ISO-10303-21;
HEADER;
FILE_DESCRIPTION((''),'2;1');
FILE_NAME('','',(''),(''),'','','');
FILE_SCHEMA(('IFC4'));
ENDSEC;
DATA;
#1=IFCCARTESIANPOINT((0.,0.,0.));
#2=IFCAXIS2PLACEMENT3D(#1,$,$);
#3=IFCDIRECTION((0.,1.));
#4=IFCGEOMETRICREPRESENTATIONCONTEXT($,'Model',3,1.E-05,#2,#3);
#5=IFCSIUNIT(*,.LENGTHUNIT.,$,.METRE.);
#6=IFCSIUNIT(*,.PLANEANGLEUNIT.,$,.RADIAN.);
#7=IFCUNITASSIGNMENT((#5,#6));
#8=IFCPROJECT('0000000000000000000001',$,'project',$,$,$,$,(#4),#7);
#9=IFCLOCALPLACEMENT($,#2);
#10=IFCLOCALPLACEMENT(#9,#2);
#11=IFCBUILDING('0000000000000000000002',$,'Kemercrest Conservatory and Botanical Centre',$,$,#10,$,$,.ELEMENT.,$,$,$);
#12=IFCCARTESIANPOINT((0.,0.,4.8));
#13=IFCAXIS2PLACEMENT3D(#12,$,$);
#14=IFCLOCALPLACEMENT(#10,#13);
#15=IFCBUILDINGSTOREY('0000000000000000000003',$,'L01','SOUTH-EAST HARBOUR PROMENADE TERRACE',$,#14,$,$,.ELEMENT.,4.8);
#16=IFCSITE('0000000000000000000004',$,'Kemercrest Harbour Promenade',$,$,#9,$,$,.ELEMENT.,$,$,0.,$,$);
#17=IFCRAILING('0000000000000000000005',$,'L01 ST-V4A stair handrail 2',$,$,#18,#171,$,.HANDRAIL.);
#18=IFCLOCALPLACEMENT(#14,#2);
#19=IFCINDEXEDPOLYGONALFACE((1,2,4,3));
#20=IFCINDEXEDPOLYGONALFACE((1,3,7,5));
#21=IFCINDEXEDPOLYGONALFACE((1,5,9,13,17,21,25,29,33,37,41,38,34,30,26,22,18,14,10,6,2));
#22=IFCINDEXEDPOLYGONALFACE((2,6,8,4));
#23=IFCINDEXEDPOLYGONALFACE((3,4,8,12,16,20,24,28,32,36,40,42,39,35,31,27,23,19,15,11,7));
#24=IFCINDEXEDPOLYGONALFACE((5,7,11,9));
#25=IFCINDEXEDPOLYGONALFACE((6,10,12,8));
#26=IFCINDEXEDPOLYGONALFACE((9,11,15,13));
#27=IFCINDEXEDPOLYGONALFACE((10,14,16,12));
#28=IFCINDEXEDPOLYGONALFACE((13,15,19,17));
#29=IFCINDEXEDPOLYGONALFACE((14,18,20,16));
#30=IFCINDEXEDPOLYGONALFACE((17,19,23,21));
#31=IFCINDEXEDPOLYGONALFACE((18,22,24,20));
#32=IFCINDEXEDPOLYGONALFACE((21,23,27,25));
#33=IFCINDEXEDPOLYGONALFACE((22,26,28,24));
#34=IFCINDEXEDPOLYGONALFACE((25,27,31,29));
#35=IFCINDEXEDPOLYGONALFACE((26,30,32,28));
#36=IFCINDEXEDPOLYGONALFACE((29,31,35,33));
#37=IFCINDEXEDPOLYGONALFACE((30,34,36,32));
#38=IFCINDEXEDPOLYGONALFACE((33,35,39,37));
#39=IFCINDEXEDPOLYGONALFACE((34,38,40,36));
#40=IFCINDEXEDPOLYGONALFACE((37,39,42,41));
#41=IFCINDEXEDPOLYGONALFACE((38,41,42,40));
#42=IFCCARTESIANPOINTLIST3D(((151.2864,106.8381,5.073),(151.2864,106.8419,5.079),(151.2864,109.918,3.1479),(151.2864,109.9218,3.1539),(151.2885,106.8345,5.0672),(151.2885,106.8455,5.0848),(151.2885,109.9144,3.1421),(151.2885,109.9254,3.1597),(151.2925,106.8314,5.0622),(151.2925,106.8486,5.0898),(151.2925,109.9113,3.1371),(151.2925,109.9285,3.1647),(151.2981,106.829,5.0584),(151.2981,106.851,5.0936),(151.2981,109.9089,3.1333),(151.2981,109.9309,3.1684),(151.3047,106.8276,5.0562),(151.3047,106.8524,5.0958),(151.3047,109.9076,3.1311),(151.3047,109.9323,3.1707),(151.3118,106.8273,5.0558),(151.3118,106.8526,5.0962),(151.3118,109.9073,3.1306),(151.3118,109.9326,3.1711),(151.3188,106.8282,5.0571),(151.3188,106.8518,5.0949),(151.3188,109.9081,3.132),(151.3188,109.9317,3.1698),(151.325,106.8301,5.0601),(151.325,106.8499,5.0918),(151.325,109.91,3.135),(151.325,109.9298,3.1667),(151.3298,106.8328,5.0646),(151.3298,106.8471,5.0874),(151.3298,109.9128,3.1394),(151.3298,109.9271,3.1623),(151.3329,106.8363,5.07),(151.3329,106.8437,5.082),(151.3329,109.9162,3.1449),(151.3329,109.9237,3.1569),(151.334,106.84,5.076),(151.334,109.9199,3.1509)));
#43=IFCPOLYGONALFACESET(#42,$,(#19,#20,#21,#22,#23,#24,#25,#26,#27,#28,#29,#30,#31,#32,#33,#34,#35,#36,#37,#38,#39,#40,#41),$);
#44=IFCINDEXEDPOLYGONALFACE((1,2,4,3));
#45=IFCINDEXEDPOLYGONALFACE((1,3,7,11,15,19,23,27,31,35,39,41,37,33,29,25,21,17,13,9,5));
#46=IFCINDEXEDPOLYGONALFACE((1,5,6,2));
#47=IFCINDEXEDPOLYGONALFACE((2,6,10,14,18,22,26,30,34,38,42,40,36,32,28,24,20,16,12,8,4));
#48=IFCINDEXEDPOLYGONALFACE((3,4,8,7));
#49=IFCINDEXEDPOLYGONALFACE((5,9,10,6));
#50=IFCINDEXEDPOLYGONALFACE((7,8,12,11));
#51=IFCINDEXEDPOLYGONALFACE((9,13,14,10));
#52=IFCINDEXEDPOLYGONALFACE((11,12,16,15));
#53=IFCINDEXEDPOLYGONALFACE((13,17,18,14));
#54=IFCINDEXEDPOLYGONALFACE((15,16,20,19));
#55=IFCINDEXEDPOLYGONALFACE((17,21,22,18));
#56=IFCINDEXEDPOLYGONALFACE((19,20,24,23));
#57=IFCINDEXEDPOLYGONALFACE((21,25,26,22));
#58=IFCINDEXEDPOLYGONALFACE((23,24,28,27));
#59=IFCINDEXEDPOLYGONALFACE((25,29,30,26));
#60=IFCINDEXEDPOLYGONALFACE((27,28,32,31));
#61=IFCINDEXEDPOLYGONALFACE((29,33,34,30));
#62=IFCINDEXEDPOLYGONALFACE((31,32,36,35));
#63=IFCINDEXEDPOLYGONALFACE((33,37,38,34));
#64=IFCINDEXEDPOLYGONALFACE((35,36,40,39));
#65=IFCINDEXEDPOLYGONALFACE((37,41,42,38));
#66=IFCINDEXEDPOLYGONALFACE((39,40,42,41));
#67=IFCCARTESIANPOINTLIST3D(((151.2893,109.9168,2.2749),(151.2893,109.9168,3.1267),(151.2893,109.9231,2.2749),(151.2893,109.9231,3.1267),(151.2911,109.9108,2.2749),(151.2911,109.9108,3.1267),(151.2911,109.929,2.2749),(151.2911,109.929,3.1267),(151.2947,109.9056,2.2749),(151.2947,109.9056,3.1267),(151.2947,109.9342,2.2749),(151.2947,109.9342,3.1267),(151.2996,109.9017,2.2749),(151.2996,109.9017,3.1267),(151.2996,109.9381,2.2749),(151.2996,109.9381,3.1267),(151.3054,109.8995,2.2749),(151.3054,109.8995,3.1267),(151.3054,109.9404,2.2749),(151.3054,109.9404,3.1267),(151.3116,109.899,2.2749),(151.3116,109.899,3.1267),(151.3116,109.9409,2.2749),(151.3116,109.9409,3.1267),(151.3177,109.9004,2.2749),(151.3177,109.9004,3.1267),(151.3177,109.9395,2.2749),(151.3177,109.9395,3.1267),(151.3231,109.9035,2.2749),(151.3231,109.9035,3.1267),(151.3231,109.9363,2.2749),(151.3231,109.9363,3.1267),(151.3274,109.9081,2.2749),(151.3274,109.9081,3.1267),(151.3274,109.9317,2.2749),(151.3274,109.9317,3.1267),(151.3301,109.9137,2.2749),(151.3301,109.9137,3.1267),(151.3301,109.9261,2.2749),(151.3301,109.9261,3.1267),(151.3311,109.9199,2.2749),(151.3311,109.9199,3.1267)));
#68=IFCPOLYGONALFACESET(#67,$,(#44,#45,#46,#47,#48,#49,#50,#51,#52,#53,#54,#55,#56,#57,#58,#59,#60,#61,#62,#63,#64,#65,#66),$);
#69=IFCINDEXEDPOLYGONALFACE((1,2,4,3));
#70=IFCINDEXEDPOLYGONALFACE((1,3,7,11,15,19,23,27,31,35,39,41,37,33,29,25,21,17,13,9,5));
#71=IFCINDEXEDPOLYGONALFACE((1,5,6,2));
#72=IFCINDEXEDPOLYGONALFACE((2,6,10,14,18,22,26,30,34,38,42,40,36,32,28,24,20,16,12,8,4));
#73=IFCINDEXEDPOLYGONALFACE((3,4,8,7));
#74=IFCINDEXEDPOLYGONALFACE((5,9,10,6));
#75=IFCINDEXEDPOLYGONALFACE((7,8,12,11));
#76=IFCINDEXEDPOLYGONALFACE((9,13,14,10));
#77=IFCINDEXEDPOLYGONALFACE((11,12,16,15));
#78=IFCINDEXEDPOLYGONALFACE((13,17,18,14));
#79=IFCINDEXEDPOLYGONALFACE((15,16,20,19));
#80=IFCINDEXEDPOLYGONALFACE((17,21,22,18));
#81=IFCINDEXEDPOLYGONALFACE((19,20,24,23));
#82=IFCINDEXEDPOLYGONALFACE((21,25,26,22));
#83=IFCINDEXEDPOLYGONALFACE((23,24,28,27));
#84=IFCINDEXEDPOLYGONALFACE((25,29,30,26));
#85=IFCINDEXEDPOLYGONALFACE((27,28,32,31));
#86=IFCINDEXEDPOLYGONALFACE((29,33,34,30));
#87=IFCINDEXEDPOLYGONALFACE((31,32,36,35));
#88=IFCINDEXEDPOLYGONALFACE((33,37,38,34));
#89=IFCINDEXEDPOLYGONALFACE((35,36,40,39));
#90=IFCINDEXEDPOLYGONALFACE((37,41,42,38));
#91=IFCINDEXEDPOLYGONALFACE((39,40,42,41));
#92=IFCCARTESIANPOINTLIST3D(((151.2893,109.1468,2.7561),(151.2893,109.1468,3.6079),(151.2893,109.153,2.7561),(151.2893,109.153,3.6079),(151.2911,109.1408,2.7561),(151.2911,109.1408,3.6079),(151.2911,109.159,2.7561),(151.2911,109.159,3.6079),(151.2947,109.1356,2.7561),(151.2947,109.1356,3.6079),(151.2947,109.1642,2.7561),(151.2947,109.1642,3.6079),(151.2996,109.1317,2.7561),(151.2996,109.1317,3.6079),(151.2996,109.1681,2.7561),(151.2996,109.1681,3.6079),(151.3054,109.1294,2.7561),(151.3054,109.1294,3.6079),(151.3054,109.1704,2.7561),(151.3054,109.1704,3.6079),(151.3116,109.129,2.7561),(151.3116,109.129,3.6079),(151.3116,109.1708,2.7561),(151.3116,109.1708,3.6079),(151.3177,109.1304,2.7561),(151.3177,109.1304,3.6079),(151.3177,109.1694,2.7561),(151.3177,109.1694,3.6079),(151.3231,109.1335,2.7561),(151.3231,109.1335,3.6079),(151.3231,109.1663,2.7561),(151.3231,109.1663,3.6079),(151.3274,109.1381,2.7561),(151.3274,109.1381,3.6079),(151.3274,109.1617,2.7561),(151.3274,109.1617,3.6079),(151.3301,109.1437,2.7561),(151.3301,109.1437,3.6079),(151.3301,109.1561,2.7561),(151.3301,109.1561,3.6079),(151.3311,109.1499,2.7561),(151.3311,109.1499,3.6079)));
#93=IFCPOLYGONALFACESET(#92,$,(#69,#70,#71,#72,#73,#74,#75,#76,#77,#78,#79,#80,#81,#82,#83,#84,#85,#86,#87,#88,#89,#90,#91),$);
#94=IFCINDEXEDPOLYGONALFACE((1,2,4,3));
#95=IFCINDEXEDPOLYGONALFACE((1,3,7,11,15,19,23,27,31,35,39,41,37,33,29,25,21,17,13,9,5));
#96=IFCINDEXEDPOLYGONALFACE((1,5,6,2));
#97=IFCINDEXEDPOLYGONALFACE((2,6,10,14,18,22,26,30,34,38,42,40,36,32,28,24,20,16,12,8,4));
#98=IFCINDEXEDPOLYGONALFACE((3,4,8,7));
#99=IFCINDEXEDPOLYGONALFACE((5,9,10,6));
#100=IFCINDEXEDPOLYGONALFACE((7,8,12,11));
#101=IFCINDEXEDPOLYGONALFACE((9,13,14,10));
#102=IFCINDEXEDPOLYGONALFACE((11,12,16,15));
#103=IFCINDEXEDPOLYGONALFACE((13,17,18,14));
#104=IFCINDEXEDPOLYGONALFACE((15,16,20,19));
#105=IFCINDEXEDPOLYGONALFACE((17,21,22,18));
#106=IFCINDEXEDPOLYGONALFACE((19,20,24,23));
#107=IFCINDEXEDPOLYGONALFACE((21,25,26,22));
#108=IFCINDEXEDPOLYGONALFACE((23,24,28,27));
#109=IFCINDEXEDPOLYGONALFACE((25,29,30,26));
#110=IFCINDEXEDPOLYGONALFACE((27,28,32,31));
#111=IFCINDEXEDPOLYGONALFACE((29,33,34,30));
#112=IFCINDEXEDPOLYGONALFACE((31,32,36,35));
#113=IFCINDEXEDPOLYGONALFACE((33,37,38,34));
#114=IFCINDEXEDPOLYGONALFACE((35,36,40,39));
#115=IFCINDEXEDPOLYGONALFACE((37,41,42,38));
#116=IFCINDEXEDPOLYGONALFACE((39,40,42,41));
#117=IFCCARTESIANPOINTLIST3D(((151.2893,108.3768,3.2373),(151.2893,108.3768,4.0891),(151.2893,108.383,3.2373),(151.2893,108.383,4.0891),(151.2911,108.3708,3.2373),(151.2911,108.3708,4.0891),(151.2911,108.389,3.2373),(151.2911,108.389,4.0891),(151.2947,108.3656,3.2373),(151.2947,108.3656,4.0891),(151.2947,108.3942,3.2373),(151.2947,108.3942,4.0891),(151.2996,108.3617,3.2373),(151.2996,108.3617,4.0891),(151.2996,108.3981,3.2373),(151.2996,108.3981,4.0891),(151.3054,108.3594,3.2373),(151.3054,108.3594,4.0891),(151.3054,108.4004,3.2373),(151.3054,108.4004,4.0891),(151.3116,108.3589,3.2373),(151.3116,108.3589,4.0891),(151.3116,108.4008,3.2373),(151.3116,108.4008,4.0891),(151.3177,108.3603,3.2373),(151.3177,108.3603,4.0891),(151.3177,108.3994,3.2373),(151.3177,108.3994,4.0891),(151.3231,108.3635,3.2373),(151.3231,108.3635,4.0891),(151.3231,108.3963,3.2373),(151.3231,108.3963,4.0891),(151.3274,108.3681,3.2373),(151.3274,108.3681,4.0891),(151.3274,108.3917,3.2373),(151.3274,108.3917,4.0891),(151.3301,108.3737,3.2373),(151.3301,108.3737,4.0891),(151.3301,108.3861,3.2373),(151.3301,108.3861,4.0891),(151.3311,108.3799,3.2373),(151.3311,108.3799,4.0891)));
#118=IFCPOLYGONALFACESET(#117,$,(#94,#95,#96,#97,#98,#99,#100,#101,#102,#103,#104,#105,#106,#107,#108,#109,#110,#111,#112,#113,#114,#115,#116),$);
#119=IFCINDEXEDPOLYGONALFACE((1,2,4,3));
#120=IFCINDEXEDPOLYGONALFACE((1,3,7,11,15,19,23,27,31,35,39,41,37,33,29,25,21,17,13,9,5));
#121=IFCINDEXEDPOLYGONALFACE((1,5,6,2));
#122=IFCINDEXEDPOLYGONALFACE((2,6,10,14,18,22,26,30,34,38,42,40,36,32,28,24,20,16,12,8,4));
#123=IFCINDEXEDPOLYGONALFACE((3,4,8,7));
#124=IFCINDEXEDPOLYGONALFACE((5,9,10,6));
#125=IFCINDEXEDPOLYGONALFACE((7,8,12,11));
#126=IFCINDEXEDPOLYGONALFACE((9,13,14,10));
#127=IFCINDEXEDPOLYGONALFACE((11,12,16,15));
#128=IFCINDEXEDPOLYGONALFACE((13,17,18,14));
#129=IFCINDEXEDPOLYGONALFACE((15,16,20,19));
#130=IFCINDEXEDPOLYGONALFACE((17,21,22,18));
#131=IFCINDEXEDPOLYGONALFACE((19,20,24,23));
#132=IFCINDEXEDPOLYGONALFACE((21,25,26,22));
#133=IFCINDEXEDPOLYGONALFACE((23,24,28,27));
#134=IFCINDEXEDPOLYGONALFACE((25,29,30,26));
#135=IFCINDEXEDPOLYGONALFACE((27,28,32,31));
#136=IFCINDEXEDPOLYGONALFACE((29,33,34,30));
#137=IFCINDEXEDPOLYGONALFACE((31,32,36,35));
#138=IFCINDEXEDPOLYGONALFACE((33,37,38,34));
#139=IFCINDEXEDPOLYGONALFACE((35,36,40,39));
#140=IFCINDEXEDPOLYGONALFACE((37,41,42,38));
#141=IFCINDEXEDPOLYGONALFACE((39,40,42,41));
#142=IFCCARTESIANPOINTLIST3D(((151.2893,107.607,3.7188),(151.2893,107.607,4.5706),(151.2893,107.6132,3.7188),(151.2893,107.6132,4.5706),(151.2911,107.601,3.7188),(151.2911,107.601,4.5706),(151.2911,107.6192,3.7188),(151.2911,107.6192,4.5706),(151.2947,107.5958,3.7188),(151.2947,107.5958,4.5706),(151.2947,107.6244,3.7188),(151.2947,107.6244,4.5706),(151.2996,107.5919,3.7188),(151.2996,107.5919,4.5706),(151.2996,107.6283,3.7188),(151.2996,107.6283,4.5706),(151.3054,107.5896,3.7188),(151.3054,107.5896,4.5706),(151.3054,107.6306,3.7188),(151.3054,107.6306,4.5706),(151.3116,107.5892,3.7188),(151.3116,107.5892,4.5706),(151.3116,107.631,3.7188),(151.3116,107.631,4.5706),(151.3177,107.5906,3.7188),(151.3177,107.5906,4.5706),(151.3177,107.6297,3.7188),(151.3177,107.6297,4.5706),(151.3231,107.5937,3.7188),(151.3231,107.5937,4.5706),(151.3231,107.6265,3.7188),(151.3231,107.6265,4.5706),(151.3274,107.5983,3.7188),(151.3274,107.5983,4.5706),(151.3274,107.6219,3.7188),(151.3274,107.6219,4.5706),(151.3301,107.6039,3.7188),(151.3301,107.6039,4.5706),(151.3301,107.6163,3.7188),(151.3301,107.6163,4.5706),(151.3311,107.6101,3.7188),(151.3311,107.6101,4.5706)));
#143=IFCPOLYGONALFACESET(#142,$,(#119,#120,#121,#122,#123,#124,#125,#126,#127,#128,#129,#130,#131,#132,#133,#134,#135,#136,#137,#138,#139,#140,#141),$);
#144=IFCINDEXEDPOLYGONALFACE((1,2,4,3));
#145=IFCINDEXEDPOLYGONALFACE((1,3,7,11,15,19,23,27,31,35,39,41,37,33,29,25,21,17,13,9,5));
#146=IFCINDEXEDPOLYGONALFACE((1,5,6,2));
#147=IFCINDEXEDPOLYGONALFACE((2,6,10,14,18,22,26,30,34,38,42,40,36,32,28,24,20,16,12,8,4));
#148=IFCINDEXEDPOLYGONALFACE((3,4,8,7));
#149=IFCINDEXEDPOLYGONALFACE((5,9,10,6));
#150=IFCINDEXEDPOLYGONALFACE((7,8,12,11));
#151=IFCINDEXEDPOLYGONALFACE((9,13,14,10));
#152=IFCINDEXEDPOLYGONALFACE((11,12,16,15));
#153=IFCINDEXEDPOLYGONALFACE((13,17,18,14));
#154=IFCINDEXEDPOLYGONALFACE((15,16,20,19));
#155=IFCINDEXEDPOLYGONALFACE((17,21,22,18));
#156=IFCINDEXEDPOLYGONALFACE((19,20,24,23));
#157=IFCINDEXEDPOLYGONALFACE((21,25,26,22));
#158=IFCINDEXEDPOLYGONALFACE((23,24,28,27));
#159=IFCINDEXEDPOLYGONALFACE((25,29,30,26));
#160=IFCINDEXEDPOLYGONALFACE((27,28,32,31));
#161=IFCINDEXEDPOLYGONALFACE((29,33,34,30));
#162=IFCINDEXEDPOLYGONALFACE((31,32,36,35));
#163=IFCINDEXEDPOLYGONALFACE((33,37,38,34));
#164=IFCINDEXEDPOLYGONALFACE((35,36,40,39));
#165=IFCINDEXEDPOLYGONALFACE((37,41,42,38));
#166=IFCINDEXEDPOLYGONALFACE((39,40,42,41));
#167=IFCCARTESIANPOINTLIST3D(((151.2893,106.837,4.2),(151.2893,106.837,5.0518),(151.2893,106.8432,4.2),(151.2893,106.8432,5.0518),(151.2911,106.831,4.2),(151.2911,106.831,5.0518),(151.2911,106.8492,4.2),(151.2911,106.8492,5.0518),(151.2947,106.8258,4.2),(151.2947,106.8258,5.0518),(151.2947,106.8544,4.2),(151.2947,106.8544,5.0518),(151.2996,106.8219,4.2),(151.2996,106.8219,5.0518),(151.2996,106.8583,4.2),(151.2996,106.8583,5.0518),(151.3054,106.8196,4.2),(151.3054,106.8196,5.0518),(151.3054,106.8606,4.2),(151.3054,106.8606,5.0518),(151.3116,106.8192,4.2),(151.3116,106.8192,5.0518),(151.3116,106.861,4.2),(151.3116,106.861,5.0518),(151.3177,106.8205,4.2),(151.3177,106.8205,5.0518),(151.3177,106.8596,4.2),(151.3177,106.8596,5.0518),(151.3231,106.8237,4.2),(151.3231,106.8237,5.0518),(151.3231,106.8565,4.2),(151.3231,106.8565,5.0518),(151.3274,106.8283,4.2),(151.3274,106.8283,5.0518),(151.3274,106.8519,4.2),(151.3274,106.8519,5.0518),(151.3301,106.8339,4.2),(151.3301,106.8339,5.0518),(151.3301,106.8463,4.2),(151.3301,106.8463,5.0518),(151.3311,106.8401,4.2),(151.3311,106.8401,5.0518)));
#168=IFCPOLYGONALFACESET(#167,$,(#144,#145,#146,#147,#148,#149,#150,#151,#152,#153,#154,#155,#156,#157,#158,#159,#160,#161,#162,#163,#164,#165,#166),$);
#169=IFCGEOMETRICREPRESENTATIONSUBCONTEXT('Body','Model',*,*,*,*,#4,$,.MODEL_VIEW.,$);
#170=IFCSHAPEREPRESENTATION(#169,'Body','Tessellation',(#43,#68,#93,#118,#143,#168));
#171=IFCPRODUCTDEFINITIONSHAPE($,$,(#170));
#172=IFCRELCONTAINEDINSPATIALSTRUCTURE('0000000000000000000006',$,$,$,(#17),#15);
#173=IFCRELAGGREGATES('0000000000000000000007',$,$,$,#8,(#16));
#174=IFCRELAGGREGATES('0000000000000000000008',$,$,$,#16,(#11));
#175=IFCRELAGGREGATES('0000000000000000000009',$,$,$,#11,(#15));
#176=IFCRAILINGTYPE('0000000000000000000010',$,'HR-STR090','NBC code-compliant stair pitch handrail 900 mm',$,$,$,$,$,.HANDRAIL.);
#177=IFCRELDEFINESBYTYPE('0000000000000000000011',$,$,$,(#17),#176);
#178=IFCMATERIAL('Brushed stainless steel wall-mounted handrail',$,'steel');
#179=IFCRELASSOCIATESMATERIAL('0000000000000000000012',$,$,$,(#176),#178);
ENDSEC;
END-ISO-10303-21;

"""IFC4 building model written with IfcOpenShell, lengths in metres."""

from ifc_helpers import new_model, si_unit, direction, frame, origin, origin_2d, place, context, subcontext, project, spatial, circle, extrude, material, type_object, element, save


model = new_model("IFC4")

# Units and contexts
model_context = context("Model", 3, precision=1e-05, world=origin(), true_north=direction((0.0, 1.0)))
body_context = subcontext(model_context, "Body", "Model", "MODEL_VIEW")
ifc_project = project(units=[si_unit("LENGTHUNIT", "METRE"), si_unit("PLANEANGLEUNIT", "RADIAN")], contexts=[model_context])

# Site, building, storey
site_placement = place(None, origin())
site = spatial("IfcSite", under=ifc_project, at=site_placement, Name="Kemercrest Harbour Promenade", CompositionType="ELEMENT", RefElevation=0.0)
building_placement = place(site_placement, origin())
building = spatial("IfcBuilding", under=site, at=building_placement, Name="Kemercrest Conservatory and Botanical Centre", CompositionType="ELEMENT")
storey_placement = place(building_placement, frame((0.0, 0.0, 4.8)))
storey = spatial("IfcBuildingStorey", under=building, at=storey_placement, Name="L01", Description="SOUTH-EAST HARBOUR PROMENADE TERRACE", CompositionType="ELEMENT", Elevation=4.8)

# Railing
ifc_material_1 = material(Name="Brushed stainless steel wall-mounted handrail", Category="steel")
railing_type_1 = type_object("IfcRailingType", Name="HR-STR090", Description="NBC code-compliant stair pitch handrail 900 mm", PredefinedType="HANDRAIL", material=ifc_material_1)
railing_1_placement = place(storey_placement, frame((151.3101, 109.9199, 2.2749)))
element("IfcRailing", 1, at=railing_1_placement, inside=storey, type_object=railing_type_1, Name="L01 ST-V4A stair handrail 2", PredefinedType="HANDRAIL", context=body_context, shape_type="SweptSolid", body=[
    extrude(circle(Radius=0.0239, at=origin_2d()), frame((0.0, 0.0, 0.876), z_axis=(0.0, -0.847979, 0.530029), x_axis=(1.0, 0.0, 0.0)), (0.0, 0.0, 1.0), 3.6321),
    extrude(circle(Radius=0.021, at=origin_2d()), origin(), (0.0, 0.0, 1.0), 0.8518),
    extrude(circle(Radius=0.021, at=origin_2d()), frame((0.0, -0.77, 0.4812)), (0.0, 0.0, 1.0), 0.8518),
    extrude(circle(Radius=0.021, at=origin_2d()), frame((0.0, -1.54, 0.9624)), (0.0, 0.0, 1.0), 0.8518),
    extrude(circle(Radius=0.021, at=origin_2d()), frame((0.0, -2.3098, 1.4438)), (0.0, 0.0, 1.0), 0.8518),
    extrude(circle(Radius=0.021, at=origin_2d()), frame((0.0, -3.0798, 1.925)), (0.0, 0.0, 1.0), 0.8518),
])

save(model, "model.ifc")
